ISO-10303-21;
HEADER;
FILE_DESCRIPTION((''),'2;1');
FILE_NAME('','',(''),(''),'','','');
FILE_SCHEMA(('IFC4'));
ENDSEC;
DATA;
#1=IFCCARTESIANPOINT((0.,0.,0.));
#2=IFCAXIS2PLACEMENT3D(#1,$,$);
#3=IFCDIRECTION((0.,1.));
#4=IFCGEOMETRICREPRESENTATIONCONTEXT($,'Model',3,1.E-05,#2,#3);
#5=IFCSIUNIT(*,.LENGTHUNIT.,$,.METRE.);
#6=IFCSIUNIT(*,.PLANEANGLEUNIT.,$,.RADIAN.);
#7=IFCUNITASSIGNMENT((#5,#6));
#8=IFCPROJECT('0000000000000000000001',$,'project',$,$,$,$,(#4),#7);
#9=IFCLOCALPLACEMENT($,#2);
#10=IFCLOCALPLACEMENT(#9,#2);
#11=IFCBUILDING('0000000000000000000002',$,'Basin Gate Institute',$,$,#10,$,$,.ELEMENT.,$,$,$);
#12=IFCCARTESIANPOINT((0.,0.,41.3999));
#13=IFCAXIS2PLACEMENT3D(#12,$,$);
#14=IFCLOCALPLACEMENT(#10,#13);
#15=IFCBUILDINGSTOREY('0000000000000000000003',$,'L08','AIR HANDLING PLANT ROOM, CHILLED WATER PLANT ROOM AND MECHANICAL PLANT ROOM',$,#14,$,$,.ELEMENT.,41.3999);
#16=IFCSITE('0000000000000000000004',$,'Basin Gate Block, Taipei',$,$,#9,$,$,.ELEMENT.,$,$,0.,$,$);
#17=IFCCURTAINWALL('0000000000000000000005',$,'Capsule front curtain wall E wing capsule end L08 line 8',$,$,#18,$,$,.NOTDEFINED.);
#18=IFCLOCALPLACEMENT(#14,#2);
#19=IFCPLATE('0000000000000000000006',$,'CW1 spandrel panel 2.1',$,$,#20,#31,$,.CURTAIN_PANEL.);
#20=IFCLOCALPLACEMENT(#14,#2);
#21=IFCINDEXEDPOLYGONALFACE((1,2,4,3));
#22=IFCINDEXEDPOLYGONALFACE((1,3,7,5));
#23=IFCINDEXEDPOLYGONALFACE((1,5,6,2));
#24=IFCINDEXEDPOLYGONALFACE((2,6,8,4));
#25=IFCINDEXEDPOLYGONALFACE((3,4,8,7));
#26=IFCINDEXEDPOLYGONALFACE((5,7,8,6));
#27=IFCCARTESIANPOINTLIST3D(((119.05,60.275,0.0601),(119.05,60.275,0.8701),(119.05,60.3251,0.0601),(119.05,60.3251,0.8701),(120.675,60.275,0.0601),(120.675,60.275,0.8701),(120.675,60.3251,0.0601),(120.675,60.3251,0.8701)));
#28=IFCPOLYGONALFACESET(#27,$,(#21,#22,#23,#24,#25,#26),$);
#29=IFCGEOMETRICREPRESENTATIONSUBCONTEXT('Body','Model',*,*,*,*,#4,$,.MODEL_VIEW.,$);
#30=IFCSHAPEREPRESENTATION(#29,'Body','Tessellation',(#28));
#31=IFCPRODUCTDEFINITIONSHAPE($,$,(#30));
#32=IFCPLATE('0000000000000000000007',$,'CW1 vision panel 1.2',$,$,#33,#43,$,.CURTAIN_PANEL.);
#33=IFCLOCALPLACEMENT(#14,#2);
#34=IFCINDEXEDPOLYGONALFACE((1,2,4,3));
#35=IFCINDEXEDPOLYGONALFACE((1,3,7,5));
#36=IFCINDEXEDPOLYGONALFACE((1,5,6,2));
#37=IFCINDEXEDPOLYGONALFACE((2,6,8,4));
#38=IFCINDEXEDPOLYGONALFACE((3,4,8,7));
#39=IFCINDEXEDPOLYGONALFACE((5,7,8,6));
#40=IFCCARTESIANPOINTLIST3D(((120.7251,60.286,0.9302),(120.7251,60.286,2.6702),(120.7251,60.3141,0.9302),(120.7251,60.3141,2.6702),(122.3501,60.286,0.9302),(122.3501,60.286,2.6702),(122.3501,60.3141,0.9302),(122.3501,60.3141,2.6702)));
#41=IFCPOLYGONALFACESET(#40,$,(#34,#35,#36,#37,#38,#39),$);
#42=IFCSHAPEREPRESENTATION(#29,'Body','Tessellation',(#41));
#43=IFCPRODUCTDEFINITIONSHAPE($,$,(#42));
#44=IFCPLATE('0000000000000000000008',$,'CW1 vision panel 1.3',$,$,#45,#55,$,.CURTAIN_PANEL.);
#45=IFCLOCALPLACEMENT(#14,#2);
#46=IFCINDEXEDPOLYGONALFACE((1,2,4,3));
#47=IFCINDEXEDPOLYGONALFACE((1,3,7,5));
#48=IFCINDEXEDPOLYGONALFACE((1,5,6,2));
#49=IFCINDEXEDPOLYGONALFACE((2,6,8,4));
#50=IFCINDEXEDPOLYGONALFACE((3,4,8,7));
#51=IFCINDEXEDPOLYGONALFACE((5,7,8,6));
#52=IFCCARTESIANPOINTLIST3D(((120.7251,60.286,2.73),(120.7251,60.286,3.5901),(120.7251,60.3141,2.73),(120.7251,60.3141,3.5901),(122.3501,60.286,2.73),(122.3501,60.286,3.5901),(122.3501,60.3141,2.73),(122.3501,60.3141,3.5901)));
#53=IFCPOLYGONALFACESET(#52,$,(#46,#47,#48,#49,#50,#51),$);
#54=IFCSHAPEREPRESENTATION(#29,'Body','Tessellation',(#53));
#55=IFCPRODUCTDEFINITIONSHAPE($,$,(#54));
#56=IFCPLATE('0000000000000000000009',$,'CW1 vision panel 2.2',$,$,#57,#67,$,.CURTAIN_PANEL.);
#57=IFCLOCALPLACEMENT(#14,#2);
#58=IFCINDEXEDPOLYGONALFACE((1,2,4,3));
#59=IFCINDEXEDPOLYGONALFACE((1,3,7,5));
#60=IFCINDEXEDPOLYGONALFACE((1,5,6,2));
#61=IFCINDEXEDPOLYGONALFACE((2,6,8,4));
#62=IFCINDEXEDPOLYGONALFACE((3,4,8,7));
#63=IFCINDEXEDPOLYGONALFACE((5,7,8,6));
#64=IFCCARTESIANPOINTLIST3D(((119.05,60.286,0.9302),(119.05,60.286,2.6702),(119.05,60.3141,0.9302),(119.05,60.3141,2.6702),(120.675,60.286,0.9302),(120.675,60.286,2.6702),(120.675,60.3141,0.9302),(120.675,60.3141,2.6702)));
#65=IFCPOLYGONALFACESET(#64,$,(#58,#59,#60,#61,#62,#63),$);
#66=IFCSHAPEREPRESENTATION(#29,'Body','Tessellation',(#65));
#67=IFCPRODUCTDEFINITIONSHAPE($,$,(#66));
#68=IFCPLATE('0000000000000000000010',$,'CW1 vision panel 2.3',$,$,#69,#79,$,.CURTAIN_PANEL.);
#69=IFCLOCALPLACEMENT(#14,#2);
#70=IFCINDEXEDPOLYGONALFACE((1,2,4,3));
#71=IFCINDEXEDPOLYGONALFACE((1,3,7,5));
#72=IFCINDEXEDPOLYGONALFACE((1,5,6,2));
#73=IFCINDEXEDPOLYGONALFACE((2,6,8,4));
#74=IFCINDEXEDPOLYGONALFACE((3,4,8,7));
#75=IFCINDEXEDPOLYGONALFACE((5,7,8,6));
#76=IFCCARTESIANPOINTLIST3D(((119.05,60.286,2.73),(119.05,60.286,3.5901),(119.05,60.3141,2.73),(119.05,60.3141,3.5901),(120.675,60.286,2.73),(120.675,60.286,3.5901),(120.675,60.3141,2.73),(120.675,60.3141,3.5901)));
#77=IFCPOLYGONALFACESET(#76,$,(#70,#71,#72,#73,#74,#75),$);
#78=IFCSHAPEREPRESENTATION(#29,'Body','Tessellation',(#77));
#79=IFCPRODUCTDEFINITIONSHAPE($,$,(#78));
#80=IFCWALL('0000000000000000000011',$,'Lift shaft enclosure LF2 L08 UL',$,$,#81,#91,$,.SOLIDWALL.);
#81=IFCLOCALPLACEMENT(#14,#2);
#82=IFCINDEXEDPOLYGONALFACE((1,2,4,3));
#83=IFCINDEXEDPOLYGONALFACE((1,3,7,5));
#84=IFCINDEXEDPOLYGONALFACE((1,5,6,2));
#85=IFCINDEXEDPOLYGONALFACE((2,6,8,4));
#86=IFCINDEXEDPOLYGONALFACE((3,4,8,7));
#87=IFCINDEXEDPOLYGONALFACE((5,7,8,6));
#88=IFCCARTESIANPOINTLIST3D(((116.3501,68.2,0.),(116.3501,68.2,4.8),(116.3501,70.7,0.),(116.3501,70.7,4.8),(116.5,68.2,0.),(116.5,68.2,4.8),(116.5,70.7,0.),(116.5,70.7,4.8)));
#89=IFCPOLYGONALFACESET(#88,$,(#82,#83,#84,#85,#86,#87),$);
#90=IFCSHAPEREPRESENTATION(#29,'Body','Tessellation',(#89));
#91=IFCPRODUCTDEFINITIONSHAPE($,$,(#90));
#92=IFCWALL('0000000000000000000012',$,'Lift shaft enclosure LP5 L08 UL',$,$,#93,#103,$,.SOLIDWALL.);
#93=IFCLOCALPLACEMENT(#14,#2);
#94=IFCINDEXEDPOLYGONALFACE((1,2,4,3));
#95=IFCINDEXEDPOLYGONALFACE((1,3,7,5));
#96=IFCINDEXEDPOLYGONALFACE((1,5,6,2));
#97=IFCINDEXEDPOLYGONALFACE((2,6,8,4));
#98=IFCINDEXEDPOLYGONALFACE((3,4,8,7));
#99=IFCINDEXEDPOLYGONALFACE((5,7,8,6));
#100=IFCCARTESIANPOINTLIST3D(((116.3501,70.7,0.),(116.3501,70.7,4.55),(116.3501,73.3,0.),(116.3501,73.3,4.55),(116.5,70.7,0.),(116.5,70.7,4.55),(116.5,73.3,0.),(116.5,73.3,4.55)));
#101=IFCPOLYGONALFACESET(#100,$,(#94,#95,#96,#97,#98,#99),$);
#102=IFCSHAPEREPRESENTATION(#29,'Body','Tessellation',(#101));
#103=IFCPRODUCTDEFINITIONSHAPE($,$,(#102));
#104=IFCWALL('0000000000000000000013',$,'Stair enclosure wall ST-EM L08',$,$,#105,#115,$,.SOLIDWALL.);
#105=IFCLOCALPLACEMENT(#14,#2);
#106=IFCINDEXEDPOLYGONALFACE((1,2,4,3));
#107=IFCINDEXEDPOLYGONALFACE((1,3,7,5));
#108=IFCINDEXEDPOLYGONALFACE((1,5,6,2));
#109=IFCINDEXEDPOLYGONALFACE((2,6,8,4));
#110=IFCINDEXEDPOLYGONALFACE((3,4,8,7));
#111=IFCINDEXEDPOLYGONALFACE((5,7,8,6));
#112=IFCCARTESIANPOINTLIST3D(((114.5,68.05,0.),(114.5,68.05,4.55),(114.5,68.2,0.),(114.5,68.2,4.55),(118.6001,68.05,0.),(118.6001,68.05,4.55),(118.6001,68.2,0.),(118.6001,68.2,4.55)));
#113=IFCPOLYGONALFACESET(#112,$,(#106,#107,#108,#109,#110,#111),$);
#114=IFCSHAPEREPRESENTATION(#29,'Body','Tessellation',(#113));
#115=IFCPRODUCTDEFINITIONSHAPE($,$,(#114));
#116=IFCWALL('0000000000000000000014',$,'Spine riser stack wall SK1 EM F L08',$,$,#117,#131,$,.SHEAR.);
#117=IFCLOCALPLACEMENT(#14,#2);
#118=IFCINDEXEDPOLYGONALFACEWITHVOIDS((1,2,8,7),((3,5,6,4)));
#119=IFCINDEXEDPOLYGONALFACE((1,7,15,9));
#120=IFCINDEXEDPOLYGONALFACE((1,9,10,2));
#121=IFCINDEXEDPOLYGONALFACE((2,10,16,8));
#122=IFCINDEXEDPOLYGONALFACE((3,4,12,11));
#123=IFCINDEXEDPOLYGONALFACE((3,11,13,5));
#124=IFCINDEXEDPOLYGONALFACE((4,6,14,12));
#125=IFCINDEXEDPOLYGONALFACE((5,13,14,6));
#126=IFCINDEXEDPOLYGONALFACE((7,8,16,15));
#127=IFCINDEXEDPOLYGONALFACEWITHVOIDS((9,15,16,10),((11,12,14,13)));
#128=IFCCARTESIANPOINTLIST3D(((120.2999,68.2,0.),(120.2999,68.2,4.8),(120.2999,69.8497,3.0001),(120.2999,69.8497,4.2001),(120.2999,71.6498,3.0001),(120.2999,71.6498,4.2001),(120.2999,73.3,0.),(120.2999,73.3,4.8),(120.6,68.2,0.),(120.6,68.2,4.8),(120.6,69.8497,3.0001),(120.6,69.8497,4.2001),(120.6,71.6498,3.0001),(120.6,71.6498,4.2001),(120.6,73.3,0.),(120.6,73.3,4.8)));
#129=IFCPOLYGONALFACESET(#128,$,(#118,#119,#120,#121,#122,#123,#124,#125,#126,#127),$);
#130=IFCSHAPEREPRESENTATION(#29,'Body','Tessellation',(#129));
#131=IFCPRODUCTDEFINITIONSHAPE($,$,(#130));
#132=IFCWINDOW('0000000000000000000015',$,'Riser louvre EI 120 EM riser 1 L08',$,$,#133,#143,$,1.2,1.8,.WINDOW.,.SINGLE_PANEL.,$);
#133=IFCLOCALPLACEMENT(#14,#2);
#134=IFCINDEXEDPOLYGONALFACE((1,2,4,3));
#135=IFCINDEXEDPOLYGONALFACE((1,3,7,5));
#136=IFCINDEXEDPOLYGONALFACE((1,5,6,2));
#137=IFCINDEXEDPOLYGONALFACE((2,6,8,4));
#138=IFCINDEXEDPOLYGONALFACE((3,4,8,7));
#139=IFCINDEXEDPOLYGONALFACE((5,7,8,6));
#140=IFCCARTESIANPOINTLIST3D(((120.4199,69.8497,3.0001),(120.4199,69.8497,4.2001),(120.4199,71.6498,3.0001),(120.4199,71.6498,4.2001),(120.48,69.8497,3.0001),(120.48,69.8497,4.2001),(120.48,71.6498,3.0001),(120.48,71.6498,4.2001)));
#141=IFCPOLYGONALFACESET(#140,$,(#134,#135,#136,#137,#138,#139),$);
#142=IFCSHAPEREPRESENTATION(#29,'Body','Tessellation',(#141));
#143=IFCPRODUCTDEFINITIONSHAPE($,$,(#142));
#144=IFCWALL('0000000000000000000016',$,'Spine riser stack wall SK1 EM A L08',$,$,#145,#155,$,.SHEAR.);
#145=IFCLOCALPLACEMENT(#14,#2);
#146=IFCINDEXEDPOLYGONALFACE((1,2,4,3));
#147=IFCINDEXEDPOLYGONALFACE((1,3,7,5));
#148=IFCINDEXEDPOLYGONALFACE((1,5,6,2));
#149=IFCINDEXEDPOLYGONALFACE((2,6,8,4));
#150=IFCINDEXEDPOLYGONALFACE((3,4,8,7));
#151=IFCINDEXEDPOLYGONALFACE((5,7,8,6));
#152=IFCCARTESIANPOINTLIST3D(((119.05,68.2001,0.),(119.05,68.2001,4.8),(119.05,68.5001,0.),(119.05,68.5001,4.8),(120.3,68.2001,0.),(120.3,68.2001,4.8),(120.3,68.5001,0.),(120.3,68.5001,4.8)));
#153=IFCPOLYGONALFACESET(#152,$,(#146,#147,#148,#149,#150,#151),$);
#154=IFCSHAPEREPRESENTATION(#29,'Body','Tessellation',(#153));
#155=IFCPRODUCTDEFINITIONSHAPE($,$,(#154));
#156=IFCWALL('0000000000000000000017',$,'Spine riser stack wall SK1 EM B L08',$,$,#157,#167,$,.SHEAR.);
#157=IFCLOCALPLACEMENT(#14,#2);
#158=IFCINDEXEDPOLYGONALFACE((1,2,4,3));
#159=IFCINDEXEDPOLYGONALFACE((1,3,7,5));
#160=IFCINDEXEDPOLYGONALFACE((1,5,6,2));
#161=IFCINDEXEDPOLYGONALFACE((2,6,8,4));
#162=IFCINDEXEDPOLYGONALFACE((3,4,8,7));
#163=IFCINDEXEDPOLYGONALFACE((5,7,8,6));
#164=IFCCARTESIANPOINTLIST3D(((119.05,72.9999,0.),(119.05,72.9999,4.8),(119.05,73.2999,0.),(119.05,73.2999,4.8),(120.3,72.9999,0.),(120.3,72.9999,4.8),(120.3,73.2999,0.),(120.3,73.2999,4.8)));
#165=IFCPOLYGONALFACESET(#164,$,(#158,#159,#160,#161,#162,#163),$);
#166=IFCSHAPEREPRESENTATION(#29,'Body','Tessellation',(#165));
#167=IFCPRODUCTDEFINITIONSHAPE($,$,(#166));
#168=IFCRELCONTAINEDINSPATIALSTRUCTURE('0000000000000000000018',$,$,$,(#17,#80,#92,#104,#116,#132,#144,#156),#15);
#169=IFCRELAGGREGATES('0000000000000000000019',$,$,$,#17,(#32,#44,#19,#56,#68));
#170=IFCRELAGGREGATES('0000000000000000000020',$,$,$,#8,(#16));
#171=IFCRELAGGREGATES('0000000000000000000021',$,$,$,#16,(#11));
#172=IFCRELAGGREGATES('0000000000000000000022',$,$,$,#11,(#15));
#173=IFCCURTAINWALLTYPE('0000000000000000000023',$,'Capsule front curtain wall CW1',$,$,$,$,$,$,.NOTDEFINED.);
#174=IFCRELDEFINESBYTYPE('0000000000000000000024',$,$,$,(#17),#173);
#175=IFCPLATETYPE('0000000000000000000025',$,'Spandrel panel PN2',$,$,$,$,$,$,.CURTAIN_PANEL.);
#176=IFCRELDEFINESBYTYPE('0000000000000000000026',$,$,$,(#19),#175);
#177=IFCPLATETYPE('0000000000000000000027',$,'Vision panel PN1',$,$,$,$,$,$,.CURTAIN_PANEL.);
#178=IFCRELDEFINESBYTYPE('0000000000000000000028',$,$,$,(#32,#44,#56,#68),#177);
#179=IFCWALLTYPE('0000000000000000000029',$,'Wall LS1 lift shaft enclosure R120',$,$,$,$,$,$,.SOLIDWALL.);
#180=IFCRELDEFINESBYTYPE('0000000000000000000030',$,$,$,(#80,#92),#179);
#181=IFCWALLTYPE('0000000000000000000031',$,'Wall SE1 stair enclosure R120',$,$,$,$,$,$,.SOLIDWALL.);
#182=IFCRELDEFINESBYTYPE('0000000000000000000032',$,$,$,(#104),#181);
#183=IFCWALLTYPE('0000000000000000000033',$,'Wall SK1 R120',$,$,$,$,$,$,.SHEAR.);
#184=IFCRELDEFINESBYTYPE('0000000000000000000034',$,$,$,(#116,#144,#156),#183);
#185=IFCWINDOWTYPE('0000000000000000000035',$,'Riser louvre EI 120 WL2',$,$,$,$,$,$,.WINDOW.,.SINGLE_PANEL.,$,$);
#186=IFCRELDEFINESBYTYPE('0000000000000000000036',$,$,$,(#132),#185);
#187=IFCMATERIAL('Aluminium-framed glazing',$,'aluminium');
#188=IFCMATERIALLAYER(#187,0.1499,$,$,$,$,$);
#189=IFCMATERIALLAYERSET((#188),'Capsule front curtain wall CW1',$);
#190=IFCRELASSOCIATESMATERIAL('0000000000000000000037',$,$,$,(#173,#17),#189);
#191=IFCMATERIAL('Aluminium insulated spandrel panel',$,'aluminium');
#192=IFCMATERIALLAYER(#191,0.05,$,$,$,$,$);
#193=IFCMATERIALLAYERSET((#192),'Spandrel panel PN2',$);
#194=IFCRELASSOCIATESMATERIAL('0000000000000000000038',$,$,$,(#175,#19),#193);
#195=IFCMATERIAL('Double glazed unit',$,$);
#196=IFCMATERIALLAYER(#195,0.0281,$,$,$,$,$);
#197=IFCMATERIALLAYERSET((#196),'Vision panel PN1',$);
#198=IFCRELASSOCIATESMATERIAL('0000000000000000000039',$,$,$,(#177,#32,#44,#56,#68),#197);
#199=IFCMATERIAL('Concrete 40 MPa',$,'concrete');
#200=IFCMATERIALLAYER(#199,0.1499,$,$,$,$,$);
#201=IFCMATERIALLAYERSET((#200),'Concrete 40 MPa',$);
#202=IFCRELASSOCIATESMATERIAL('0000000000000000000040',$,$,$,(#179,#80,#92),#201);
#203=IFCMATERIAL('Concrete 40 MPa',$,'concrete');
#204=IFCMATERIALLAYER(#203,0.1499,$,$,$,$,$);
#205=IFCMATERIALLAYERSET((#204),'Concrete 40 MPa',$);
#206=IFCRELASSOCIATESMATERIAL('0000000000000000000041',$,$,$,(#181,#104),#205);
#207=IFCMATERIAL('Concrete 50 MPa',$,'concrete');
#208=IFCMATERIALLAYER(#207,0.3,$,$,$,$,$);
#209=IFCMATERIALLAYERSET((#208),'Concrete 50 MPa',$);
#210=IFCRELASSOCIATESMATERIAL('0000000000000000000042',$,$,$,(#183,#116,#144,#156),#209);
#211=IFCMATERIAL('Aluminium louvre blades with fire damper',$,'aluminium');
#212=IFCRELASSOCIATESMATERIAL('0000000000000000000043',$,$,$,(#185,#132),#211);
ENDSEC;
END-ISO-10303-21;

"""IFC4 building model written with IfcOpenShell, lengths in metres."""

from ifc_helpers import new_model, si_unit, direction, frame, frame_2d, origin, origin_2d, place, context, subcontext, project, spatial, rectangle, extrude, material, layer, layer_set, type_object, element, fill, aggregate, save


model = new_model("IFC4")

# Units and contexts
model_context = context("Model", 3, precision=1e-05, world=origin(), true_north=direction((0.0, 1.0)))
body_context = subcontext(model_context, "Body", "Model", "MODEL_VIEW")
ifc_project = project(units=[si_unit("LENGTHUNIT", "METRE"), si_unit("PLANEANGLEUNIT", "RADIAN")], contexts=[model_context])

# Site, building, storey
site_placement = place(None, origin())
site = spatial("IfcSite", under=ifc_project, at=site_placement, Name="Basin Gate Block, Taipei", CompositionType="ELEMENT", RefElevation=0.0)
building_placement = place(site_placement, origin())
building = spatial("IfcBuilding", under=site, at=building_placement, Name="Basin Gate Institute", CompositionType="ELEMENT")
storey_placement = place(building_placement, frame((0.0, 0.0, 41.3999)))
storey = spatial("IfcBuildingStorey", under=building, at=storey_placement, Name="L08", Description="AIR HANDLING PLANT ROOM, CHILLED WATER PLANT ROOM AND MECHANICAL PLANT ROOM", CompositionType="ELEMENT", Elevation=41.3999)

# Curtain wall
ifc_material_1 = material(Name="Aluminium-framed glazing", Category="aluminium")
ifc_layer_1 = layer(ifc_material_1, 0.1499)
ifc_layer_set_1 = layer_set([ifc_layer_1], Name="Capsule front curtain wall CW1")
curtain_wall_type = type_object("IfcCurtainWallType", Name="Capsule front curtain wall CW1", PredefinedType="NOTDEFINED", material=ifc_layer_set_1)
curtain_wall_1_placement = place(storey_placement, origin())
curtain_wall_1 = element("IfcCurtainWall", 1, at=curtain_wall_1_placement, inside=storey, type_object=curtain_wall_type, material=ifc_layer_set_1, Name="Capsule front curtain wall E wing capsule end L08 line 8", PredefinedType="NOTDEFINED")

# Plates
ifc_material_2 = material(Name="Aluminium insulated spandrel panel", Category="aluminium")
ifc_layer_2 = layer(ifc_material_2, 0.05)
ifc_layer_set_2 = layer_set([ifc_layer_2], Name="Spandrel panel PN2")
plate_type_1 = type_object("IfcPlateType", Name="Spandrel panel PN2", PredefinedType="CURTAIN_PANEL", material=ifc_layer_set_2)
plate_1_placement = place(storey_placement, frame((119.8625, 60.3, 0.0601), z_axis=(0.0, 0.0, 1.0), x_axis=(-1.0, 0.0, 0.0)))
plate_1 = element("IfcPlate", 2, at=plate_1_placement, type_object=plate_type_1, material=ifc_layer_set_2, Name="CW1 spandrel panel 2.1", PredefinedType="CURTAIN_PANEL", context=body_context, shape_type="SweptSolid", body=[
    extrude(rectangle(XDim=1.625, YDim=0.05, at=origin_2d()), origin(), (0.0, 0.0, 1.0), 0.8101),
])
ifc_material_3 = material(Name="Double glazed unit")
ifc_layer_3 = layer(ifc_material_3, 0.0281)
ifc_layer_set_3 = layer_set([ifc_layer_3], Name="Vision panel PN1")
plate_type_2 = type_object("IfcPlateType", Name="Vision panel PN1", PredefinedType="CURTAIN_PANEL", material=ifc_layer_set_3)
plate_2_placement = place(storey_placement, frame((121.5376, 60.3, 0.9302), z_axis=(0.0, 0.0, 1.0), x_axis=(-1.0, 0.0, 0.0)))
plate_2 = element("IfcPlate", 3, at=plate_2_placement, type_object=plate_type_2, material=ifc_layer_set_3, Name="CW1 vision panel 1.2", PredefinedType="CURTAIN_PANEL", context=body_context, shape_type="SweptSolid", body=[
    extrude(rectangle(XDim=1.625, YDim=0.0281, at=origin_2d()), origin(), (0.0, 0.0, 1.0), 1.74),
])
plate_3_placement = place(storey_placement, frame((121.5376, 60.3, 2.73), z_axis=(0.0, 0.0, 1.0), x_axis=(-1.0, 0.0, 0.0)))
plate_3 = element("IfcPlate", 4, at=plate_3_placement, type_object=plate_type_2, material=ifc_layer_set_3, Name="CW1 vision panel 1.3", PredefinedType="CURTAIN_PANEL", context=body_context, shape_type="SweptSolid", body=[
    extrude(rectangle(XDim=1.625, YDim=0.0281, at=origin_2d()), origin(), (0.0, 0.0, 1.0), 0.8601),
])
plate_4_placement = place(storey_placement, frame((119.8625, 60.3, 0.9302), z_axis=(0.0, 0.0, 1.0), x_axis=(-1.0, 0.0, 0.0)))
plate_4 = element("IfcPlate", 5, at=plate_4_placement, type_object=plate_type_2, material=ifc_layer_set_3, Name="CW1 vision panel 2.2", PredefinedType="CURTAIN_PANEL", context=body_context, shape_type="SweptSolid", body=[
    extrude(rectangle(XDim=1.625, YDim=0.0281, at=origin_2d()), origin(), (0.0, 0.0, 1.0), 1.74),
])
plate_5_placement = place(storey_placement, frame((119.8625, 60.3, 2.73), z_axis=(0.0, 0.0, 1.0), x_axis=(-1.0, 0.0, 0.0)))
plate_5 = element("IfcPlate", 6, at=plate_5_placement, type_object=plate_type_2, material=ifc_layer_set_3, Name="CW1 vision panel 2.3", PredefinedType="CURTAIN_PANEL", context=body_context, shape_type="SweptSolid", body=[
    extrude(rectangle(XDim=1.625, YDim=0.0281, at=origin_2d()), origin(), (0.0, 0.0, 1.0), 0.8601),
])
aggregate(curtain_wall_1, [plate_2, plate_3, plate_1, plate_4, plate_5])

# Walls
ifc_material_4 = material(Name="Concrete 40 MPa", Category="concrete")
ifc_layer_4 = layer(ifc_material_4, 0.1499)
ifc_layer_set_4 = layer_set([ifc_layer_4], Name="Concrete 40 MPa")
wall_type_1 = type_object("IfcWallType", Name="Wall LS1 lift shaft enclosure R120", PredefinedType="SOLIDWALL", material=ifc_layer_set_4)
wall_1_placement = place(storey_placement, frame((116.425, 68.2, 0.0), z_axis=(0.0, 0.0, 1.0), x_axis=(0.0, 1.0, 0.0)))
element("IfcWall", 7, at=wall_1_placement, inside=storey, type_object=wall_type_1, material=ifc_layer_set_4, Name="Lift shaft enclosure LF2 L08 UL", PredefinedType="SOLIDWALL", context=body_context, shape_type="SweptSolid", body=[
    extrude(rectangle(XDim=2.5, YDim=0.1499, at=frame_2d((1.25, 0.0))), origin(), (0.0, 0.0, 1.0), 4.8),
])
wall_2_placement = place(storey_placement, frame((116.425, 70.7, 0.0), z_axis=(0.0, 0.0, 1.0), x_axis=(0.0, 1.0, 0.0)))
element("IfcWall", 8, at=wall_2_placement, inside=storey, type_object=wall_type_1, material=ifc_layer_set_4, Name="Lift shaft enclosure LP5 L08 UL", PredefinedType="SOLIDWALL", context=body_context, shape_type="SweptSolid", body=[
    extrude(rectangle(XDim=2.6001, YDim=0.1499, at=frame_2d((1.3, 0.0))), origin(), (0.0, 0.0, 1.0), 4.55),
])
ifc_material_5 = material(Name="Concrete 40 MPa", Category="concrete")
ifc_layer_5 = layer(ifc_material_5, 0.1499)
ifc_layer_set_5 = layer_set([ifc_layer_5], Name="Concrete 40 MPa")
wall_type_2 = type_object("IfcWallType", Name="Wall SE1 stair enclosure R120", PredefinedType="SOLIDWALL", material=ifc_layer_set_5)
wall_3_placement = place(storey_placement, frame((118.6001, 68.125, 0.0), z_axis=(0.0, 0.0, 1.0), x_axis=(-1.0, 0.0, 0.0)))
element("IfcWall", 9, at=wall_3_placement, inside=storey, type_object=wall_type_2, material=ifc_layer_set_5, Name="Stair enclosure wall ST-EM L08", PredefinedType="SOLIDWALL", context=body_context, shape_type="SweptSolid", body=[
    extrude(rectangle(XDim=4.1001, YDim=0.1499, at=frame_2d((2.05, 0.0))), origin(), (0.0, 0.0, 1.0), 4.55),
])

# Wall, opening, window
ifc_material_6 = material(Name="Concrete 50 MPa", Category="concrete")
ifc_layer_6 = layer(ifc_material_6, 0.3)
ifc_layer_set_6 = layer_set([ifc_layer_6], Name="Concrete 50 MPa")
wall_type_3 = type_object("IfcWallType", Name="Wall SK1 R120", PredefinedType="SHEAR", material=ifc_layer_set_6)
wall_4_placement = place(storey_placement, frame((120.45, 68.2, 0.0), z_axis=(0.0, 0.0, 1.0), x_axis=(0.0, 1.0, 0.0)))
wall_4 = element("IfcWall", 10, at=wall_4_placement, inside=storey, type_object=wall_type_3, material=ifc_layer_set_6, Name="Spine riser stack wall SK1 EM F L08", PredefinedType="SHEAR", context=body_context, shape_type="SweptSolid", body=[
    extrude(rectangle(XDim=5.1001, YDim=0.3, at=frame_2d((2.55, 0.0))), origin(), (0.0, 0.0, 1.0), 4.8),
])
opening_1_placement = place(wall_4_placement, frame((1.6499, 0.0, 3.0)))
opening_1 = element("IfcOpeningElement", 11, at=opening_1_placement, cuts=wall_4, PredefinedType="OPENING", context=body_context, shape_type="SweptSolid", body=[
    extrude(rectangle(XDim=1.8, YDim=1.2, at=frame_2d((0.8999, 0.6001))), frame((0.0, 0.1602, 0.0), z_axis=(0.0, -1.0, 0.0), x_axis=(1.0, 0.0, 0.0)), (0.0, 0.0, 1.0), 0.3201),
])
ifc_material_7 = material(Name="Aluminium louvre blades with fire damper", Category="aluminium")
window_type_1 = type_object("IfcWindowType", Name="Riser louvre EI 120 WL2", PartitioningType="SINGLE_PANEL", PredefinedType="WINDOW", material=ifc_material_7)
window_1_placement = place(opening_1_placement, origin())
window_1 = element("IfcWindow", 12, at=window_1_placement, inside=storey, type_object=window_type_1, material=ifc_material_7, Name="Riser louvre EI 120 EM riser 1 L08", OverallHeight=1.2, OverallWidth=1.8, PartitioningType="SINGLE_PANEL", PredefinedType="WINDOW", context=body_context, shape_type="SweptSolid", body=[
    extrude(rectangle(XDim=1.8, YDim=1.2, at=frame_2d((0.8999, 0.6001))), frame((0.0, 0.03, 0.0), z_axis=(0.0, -1.0, 0.0), x_axis=(1.0, 0.0, 0.0)), (0.0, 0.0, 1.0), 0.0601),
])
fill(opening_1, window_1)

# Walls
for number, where, z_axis, x_axis, name in (
    (13, (119.05, 68.3501, 0.0), (0.0, 0.0, 1.0), (1.0, 0.0, 0.0), "Spine riser stack wall SK1 EM A L08"),
    (14, (119.05, 73.1499, 0.0), (0.0, 0.0, 1.0), (1.0, 0.0, 0.0), "Spine riser stack wall SK1 EM B L08"),
):
    element("IfcWall", number, at=place(storey_placement, frame(where, z_axis=z_axis, x_axis=x_axis)), inside=storey, type_object=wall_type_3, material=ifc_layer_set_6, Name=name, PredefinedType="SHEAR", context=body_context, shape_type="SweptSolid", body=[
        extrude(rectangle(XDim=1.25, YDim=0.3, at=frame_2d((0.625, 0.0))), origin(), (0.0, 0.0, 1.0), 4.8),
    ])

save(model, "model.ifc")
